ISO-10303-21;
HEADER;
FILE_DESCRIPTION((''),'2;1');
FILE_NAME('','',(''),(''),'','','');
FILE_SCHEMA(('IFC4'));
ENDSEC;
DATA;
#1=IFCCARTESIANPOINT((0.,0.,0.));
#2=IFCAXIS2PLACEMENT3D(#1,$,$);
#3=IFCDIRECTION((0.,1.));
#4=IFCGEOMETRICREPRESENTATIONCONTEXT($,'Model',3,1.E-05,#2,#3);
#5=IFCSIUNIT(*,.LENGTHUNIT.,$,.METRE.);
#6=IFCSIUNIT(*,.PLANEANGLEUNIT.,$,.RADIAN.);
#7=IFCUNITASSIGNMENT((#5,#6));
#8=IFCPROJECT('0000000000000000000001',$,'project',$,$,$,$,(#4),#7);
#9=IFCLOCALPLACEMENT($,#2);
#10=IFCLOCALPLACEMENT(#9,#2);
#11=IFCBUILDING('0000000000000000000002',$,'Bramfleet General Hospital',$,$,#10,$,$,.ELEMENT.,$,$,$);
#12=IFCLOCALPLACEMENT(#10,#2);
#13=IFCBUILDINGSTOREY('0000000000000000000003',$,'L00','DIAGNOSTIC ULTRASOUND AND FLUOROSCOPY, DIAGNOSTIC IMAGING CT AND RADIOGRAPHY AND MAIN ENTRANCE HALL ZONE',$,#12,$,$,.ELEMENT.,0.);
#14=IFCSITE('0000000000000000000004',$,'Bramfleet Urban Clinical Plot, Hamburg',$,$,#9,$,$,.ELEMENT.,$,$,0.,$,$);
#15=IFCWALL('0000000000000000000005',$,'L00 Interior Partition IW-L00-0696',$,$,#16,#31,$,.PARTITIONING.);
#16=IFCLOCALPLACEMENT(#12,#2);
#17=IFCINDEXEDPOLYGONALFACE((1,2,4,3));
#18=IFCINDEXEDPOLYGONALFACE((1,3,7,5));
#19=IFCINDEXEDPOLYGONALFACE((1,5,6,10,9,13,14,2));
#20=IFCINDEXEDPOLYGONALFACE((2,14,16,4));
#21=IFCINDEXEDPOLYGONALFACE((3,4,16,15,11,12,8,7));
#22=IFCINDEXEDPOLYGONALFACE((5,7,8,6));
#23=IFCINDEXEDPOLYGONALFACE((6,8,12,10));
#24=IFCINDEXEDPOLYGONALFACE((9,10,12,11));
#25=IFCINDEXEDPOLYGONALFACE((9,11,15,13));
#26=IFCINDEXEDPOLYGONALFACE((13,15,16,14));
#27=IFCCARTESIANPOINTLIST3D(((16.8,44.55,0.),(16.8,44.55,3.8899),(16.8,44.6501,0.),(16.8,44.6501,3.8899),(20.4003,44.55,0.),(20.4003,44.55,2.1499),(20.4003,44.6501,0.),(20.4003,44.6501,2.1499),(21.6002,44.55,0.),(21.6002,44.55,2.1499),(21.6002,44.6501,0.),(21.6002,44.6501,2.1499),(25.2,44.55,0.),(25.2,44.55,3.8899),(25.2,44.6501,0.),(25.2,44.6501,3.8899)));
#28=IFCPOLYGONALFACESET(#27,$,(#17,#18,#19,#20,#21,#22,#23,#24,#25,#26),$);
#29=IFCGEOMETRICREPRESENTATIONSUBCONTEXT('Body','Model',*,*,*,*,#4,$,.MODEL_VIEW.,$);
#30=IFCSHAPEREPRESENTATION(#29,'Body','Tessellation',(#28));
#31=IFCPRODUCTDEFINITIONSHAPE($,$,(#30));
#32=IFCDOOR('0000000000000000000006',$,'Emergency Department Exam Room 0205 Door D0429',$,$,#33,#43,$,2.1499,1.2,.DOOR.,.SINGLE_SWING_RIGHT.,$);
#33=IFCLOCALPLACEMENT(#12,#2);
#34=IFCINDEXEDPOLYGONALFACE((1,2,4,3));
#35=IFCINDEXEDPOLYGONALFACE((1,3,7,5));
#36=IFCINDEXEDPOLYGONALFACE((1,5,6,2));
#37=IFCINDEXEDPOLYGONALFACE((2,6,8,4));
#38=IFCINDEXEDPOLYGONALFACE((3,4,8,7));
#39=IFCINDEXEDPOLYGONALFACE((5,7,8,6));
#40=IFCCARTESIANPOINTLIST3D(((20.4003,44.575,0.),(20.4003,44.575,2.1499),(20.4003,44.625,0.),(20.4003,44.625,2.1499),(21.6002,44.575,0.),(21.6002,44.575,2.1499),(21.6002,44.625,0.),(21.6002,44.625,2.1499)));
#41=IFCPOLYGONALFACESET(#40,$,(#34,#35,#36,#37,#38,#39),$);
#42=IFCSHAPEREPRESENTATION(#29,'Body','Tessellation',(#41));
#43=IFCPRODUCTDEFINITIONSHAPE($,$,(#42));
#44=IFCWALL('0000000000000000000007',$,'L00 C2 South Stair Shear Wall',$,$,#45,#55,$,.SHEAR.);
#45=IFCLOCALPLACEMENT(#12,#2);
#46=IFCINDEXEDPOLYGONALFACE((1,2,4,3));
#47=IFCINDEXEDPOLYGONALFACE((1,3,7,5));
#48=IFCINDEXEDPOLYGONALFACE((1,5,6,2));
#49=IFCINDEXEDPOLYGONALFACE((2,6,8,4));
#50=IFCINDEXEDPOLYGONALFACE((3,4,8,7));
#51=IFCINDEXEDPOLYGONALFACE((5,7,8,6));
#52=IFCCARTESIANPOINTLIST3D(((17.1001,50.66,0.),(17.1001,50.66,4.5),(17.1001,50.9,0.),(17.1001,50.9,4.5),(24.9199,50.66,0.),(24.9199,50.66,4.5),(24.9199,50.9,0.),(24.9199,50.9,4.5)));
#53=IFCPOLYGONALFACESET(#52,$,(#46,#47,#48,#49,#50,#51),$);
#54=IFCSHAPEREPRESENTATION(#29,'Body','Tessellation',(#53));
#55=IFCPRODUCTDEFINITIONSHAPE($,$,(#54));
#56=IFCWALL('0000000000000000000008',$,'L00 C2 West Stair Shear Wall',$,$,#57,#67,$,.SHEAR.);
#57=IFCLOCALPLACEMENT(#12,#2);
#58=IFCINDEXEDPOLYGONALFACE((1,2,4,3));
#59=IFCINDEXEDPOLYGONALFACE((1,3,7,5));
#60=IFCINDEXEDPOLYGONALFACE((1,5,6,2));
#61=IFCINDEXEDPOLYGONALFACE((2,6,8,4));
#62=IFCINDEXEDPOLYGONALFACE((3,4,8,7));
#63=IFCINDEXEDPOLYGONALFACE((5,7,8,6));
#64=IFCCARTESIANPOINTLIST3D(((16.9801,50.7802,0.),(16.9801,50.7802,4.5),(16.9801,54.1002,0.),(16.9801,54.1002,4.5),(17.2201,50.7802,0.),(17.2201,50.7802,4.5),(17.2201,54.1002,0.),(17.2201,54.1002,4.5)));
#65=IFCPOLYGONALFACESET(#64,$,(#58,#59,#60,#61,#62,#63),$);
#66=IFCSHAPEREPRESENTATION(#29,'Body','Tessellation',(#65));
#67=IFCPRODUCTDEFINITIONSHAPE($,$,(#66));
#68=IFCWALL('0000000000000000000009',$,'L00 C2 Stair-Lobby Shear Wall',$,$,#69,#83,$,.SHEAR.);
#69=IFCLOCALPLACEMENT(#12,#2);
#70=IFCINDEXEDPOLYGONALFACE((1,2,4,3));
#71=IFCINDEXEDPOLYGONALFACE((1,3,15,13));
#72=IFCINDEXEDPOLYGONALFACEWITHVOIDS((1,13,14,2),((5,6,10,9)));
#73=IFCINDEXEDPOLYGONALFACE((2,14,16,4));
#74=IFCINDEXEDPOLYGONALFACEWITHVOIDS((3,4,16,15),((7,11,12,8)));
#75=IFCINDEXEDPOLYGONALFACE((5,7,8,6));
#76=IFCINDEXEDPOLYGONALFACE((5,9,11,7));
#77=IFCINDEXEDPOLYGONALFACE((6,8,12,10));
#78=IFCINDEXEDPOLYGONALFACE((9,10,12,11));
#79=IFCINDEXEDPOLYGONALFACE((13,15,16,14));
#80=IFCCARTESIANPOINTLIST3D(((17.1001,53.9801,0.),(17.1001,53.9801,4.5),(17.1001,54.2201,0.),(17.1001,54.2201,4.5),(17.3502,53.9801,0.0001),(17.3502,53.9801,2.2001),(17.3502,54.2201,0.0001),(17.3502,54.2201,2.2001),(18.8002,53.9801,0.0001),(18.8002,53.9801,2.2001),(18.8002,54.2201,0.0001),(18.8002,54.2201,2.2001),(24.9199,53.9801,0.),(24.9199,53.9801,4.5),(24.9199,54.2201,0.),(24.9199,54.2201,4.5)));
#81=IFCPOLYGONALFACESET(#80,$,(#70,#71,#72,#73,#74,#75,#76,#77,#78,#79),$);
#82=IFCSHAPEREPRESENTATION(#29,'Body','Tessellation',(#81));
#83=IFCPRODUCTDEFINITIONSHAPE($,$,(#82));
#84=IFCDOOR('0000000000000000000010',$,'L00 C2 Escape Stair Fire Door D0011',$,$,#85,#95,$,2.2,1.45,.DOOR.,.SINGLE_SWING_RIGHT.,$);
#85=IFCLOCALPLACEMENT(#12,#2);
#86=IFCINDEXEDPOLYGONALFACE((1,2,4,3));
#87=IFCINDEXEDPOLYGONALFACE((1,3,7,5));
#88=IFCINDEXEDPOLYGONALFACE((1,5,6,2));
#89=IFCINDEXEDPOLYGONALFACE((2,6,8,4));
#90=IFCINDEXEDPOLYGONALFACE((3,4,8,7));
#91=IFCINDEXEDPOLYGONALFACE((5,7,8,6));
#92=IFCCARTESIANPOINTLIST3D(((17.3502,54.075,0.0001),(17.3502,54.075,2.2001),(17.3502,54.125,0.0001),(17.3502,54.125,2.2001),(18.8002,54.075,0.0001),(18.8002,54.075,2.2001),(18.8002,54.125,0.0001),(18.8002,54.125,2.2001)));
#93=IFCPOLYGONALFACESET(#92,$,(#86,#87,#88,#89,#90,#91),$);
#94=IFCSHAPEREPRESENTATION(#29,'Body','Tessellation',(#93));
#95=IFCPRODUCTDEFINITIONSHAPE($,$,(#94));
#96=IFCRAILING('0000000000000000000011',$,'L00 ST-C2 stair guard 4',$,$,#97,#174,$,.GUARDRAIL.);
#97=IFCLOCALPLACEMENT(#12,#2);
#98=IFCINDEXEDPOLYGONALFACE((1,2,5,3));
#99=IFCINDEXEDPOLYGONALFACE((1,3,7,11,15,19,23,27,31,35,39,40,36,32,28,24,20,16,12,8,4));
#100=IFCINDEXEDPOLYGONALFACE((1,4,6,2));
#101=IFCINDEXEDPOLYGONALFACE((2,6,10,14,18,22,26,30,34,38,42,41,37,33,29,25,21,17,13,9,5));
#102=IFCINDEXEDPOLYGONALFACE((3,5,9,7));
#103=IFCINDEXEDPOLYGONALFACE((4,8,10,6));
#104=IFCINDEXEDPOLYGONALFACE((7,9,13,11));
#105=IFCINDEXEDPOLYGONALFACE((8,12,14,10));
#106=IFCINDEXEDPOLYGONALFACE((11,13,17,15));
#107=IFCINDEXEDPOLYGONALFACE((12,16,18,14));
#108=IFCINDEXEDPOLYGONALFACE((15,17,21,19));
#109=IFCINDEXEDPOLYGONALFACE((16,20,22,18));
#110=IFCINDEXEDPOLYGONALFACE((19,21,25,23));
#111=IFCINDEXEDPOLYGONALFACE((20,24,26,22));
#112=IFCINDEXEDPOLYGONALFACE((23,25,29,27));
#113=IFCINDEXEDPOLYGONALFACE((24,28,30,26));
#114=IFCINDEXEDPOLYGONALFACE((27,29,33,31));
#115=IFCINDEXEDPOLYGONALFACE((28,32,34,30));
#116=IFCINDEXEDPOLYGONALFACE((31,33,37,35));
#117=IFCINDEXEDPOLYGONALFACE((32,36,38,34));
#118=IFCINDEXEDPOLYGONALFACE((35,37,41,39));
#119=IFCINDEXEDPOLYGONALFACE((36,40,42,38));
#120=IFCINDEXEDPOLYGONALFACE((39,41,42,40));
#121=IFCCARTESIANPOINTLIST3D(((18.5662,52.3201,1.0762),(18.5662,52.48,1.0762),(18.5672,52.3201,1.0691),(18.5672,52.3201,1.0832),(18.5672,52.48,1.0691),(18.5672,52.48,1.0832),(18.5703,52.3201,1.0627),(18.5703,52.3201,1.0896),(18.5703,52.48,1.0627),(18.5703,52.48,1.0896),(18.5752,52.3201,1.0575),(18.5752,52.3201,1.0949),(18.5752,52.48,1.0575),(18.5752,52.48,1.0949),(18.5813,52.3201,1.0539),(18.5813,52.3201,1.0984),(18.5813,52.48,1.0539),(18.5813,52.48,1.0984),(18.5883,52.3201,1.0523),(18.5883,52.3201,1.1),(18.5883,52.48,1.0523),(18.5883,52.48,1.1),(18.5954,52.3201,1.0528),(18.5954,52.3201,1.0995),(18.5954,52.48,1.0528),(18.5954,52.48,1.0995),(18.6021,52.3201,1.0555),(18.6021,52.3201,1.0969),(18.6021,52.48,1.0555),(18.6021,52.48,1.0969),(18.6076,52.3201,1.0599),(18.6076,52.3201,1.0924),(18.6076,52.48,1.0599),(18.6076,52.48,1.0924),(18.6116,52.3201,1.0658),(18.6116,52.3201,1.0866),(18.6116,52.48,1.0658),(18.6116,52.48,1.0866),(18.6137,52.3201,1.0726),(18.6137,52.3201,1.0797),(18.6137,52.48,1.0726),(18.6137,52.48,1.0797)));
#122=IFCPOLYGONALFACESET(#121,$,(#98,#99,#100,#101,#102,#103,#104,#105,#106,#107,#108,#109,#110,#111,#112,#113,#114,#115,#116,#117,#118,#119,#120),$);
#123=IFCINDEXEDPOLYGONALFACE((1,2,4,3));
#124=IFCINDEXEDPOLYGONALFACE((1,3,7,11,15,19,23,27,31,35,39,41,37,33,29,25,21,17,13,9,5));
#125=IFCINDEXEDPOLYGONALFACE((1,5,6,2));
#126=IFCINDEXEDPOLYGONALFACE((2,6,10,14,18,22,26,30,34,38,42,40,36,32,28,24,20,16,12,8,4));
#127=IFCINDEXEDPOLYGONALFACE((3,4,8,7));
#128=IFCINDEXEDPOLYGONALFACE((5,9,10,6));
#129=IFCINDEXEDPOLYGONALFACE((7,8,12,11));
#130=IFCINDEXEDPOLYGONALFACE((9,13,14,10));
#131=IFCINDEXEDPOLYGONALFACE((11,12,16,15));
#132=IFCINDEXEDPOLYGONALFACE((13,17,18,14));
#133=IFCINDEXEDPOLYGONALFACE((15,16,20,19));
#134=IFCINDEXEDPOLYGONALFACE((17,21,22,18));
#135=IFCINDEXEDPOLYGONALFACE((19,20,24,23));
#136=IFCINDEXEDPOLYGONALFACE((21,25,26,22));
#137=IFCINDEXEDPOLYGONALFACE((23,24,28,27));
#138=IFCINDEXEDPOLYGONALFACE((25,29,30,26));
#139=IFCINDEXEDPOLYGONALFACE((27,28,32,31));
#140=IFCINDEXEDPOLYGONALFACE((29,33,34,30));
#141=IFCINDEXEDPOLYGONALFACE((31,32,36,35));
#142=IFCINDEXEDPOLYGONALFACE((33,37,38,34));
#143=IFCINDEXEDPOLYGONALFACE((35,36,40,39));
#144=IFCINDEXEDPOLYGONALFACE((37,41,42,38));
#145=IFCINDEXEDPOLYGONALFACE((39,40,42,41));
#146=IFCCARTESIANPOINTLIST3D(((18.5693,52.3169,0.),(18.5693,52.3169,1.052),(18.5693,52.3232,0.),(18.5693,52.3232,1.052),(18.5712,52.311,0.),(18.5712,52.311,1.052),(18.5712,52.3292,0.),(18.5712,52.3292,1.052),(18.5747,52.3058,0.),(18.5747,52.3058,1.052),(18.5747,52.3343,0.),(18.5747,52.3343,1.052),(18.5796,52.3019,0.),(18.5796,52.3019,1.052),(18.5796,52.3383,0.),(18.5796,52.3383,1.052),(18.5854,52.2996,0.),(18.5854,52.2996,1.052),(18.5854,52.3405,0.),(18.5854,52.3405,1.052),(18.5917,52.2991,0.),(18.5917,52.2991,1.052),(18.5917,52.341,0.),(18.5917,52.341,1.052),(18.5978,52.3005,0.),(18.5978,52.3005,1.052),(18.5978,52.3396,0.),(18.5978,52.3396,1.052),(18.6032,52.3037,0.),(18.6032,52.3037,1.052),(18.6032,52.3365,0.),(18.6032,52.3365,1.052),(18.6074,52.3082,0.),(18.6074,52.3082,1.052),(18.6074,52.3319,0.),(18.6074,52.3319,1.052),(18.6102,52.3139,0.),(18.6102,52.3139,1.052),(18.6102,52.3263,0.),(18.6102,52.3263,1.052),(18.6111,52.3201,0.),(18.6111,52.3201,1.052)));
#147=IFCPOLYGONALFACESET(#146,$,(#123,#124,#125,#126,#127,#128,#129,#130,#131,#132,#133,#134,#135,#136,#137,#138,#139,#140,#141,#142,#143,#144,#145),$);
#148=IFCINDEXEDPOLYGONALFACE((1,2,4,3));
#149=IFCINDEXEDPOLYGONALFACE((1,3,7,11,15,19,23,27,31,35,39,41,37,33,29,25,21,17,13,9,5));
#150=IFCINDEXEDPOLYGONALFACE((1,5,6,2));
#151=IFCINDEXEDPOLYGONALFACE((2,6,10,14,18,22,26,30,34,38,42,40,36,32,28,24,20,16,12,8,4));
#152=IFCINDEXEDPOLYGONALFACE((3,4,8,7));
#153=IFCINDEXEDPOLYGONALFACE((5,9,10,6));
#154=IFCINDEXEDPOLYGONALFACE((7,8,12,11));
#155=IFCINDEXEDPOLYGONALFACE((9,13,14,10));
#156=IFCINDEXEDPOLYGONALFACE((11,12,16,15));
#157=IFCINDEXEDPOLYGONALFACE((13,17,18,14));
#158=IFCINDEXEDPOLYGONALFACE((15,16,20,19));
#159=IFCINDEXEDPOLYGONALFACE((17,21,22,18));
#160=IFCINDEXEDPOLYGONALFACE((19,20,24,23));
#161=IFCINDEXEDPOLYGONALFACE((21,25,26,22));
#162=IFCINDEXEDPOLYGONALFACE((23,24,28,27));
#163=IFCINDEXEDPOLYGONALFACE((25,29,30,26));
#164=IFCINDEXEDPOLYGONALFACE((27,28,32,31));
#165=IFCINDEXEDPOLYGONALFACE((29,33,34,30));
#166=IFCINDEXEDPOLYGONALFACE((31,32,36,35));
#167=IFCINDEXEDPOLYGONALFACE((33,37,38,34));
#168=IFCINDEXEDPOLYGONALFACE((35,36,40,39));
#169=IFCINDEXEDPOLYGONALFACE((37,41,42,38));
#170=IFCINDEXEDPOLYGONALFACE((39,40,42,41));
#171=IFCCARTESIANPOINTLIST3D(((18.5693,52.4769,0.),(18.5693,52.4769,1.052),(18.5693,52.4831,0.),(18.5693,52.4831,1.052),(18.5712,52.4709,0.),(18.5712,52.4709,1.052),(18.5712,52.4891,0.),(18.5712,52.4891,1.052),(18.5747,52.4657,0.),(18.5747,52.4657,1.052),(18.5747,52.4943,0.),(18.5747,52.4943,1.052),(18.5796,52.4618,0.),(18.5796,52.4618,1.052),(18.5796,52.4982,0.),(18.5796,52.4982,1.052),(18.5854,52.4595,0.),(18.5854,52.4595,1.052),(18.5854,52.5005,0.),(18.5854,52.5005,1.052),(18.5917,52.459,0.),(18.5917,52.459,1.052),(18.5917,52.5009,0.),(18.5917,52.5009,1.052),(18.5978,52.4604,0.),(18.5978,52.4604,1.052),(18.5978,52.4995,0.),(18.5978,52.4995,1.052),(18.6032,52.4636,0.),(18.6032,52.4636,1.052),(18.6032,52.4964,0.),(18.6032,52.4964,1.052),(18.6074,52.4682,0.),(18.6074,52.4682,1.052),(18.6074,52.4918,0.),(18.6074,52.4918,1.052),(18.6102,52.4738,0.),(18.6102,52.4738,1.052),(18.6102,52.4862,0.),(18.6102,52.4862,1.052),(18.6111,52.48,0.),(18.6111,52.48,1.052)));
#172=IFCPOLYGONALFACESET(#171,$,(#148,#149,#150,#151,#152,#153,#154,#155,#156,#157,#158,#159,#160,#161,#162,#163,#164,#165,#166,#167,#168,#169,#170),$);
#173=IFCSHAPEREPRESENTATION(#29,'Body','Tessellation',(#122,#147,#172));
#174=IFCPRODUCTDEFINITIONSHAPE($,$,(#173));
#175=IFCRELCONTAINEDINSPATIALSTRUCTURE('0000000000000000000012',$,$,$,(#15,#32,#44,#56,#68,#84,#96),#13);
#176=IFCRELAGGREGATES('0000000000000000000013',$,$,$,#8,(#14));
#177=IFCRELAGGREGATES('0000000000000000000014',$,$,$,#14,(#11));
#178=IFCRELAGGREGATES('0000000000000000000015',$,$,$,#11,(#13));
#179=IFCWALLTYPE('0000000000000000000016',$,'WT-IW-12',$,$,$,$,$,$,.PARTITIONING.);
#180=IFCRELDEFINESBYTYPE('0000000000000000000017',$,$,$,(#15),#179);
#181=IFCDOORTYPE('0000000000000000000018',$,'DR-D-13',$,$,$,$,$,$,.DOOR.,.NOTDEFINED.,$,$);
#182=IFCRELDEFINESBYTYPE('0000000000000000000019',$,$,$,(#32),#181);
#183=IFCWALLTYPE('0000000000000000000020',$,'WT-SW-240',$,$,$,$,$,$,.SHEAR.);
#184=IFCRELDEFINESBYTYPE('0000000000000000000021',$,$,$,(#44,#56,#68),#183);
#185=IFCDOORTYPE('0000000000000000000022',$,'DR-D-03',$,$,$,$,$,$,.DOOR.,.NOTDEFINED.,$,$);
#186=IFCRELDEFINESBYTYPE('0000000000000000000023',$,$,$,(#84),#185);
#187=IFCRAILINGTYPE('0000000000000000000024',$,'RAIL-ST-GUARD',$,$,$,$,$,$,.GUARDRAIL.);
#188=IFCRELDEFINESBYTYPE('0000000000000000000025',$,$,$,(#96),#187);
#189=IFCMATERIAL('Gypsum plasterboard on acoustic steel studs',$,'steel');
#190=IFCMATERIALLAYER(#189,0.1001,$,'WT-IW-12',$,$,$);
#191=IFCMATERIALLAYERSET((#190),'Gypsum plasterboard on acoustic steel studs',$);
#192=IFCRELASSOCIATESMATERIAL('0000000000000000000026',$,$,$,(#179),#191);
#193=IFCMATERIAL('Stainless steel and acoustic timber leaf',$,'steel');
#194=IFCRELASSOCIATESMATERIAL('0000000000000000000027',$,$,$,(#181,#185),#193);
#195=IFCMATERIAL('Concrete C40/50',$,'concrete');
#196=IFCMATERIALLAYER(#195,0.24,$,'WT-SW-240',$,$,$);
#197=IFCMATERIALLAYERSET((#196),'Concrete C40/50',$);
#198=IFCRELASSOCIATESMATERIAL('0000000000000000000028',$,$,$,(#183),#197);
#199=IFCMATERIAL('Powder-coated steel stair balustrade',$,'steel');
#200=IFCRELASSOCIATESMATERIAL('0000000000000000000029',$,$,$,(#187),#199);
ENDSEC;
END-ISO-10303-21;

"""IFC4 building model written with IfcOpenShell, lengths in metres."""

from ifc_helpers import new_model, si_unit, direction, frame, frame_2d, origin, origin_2d, place, context, subcontext, project, spatial, rectangle, circle, extrude, material, layer, layer_set, type_object, element, fill, save


model = new_model("IFC4")

# Units and contexts
model_context = context("Model", 3, precision=1e-05, world=origin(), true_north=direction((0.0, 1.0)))
body_context = subcontext(model_context, "Body", "Model", "MODEL_VIEW")
ifc_project = project(units=[si_unit("LENGTHUNIT", "METRE"), si_unit("PLANEANGLEUNIT", "RADIAN")], contexts=[model_context])

# Site, building, storey
site_placement = place(None, origin())
site = spatial("IfcSite", under=ifc_project, at=site_placement, Name="Bramfleet Urban Clinical Plot, Hamburg", CompositionType="ELEMENT", RefElevation=0.0)
building_placement = place(site_placement, origin())
building = spatial("IfcBuilding", under=site, at=building_placement, Name="Bramfleet General Hospital", CompositionType="ELEMENT")
storey_placement = place(building_placement, origin())
storey = spatial("IfcBuildingStorey", under=building, at=storey_placement, Name="L00", Description="DIAGNOSTIC ULTRASOUND AND FLUOROSCOPY, DIAGNOSTIC IMAGING CT AND RADIOGRAPHY AND MAIN ENTRANCE HALL ZONE", CompositionType="ELEMENT", Elevation=0.0)

# Shared definitions
ifc_material_1 = material(Name="Concrete C40/50", Category="concrete")

# Shared definitions
ifc_material_2 = material(Name="Gypsum plasterboard on acoustic steel studs", Category="steel")

# Wall, opening, door
ifc_layer_1 = layer(ifc_material_2, 0.1001, Name="WT-IW-12")
ifc_layer_set_1 = layer_set([ifc_layer_1], Name="Gypsum plasterboard on acoustic steel studs")
wall_type_1 = type_object("IfcWallType", Name="WT-IW-12", PredefinedType="PARTITIONING", material=ifc_layer_set_1)
wall_1_placement = place(storey_placement, frame((16.8, 44.6001, 0.0), z_axis=(0.0, 0.0, 1.0), x_axis=(1.0, 0.0, 0.0)))
wall_1 = element("IfcWall", 1, at=wall_1_placement, inside=storey, type_object=wall_type_1, Name="L00 Interior Partition IW-L00-0696", PredefinedType="PARTITIONING", context=body_context, shape_type="SweptSolid", body=[
    extrude(rectangle(XDim=8.3999, YDim=0.1001, at=frame_2d((4.2, 0.0))), origin(), (0.0, 0.0, 1.0), 3.8899),
])
opening_1_placement = place(wall_1_placement, frame((3.6001, 0.0, 0.0)))
opening_1 = element("IfcOpeningElement", 2, at=opening_1_placement, cuts=wall_1, PredefinedType="OPENING", context=body_context, shape_type="SweptSolid", body=[
    extrude(rectangle(XDim=1.2, YDim=2.1499, at=frame_2d((0.6001, 1.075))), frame((0.0, 0.0601, 0.0), z_axis=(0.0, -1.0, 0.0), x_axis=(1.0, 0.0, 0.0)), (0.0, 0.0, 1.0), 0.1201),
])
ifc_material_3 = material(Name="Stainless steel and acoustic timber leaf", Category="steel")
door_type_1 = type_object("IfcDoorType", Name="DR-D-13", OperationType="NOTDEFINED", PredefinedType="DOOR", material=ifc_material_3)
door_1_placement = place(opening_1_placement, origin())
door_1 = element("IfcDoor", 3, at=door_1_placement, inside=storey, type_object=door_type_1, Name="Emergency Department Exam Room 0205 Door D0429", OperationType="SINGLE_SWING_RIGHT", OverallHeight=2.1499, OverallWidth=1.2, PredefinedType="DOOR", context=body_context, shape_type="SweptSolid", body=[
    extrude(rectangle(XDim=1.2, YDim=2.1499, at=frame_2d((0.6001, 1.075))), frame((0.0, 0.0249, 0.0), z_axis=(0.0, -1.0, 0.0), x_axis=(1.0, 0.0, 0.0)), (0.0, 0.0, 1.0), 0.05),
])
fill(opening_1, door_1)

# Walls
ifc_layer_2 = layer(ifc_material_1, 0.24, Name="WT-SW-240")
ifc_layer_set_2 = layer_set([ifc_layer_2], Name="Concrete C40/50")
wall_type_2 = type_object("IfcWallType", Name="WT-SW-240", PredefinedType="SHEAR", material=ifc_layer_set_2)
wall_2_placement = place(storey_placement, frame((17.1001, 50.78, 0.0), z_axis=(0.0, 0.0, 1.0), x_axis=(1.0, 0.0, 0.0)))
element("IfcWall", 4, at=wall_2_placement, inside=storey, type_object=wall_type_2, Name="L00 C2 South Stair Shear Wall", PredefinedType="SHEAR", context=body_context, shape_type="SweptSolid", body=[
    extrude(rectangle(XDim=7.8198, YDim=0.24, at=frame_2d((3.9099, 0.0))), origin(), (0.0, 0.0, 1.0), 4.5),
])
wall_3_placement = place(storey_placement, frame((17.1001, 50.78, 0.0), z_axis=(0.0, 0.0, 1.0), x_axis=(0.0, 1.0, 0.0)))
element("IfcWall", 5, at=wall_3_placement, inside=storey, type_object=wall_type_2, Name="L00 C2 West Stair Shear Wall", PredefinedType="SHEAR", context=body_context, shape_type="SweptSolid", body=[
    extrude(rectangle(XDim=3.3201, YDim=0.24, at=frame_2d((1.6602, 0.0))), origin(), (0.0, 0.0, 1.0), 4.5),
])

# Wall, opening, door
wall_4_placement = place(storey_placement, frame((17.1001, 54.1001, 0.0), z_axis=(0.0, 0.0, 1.0), x_axis=(1.0, 0.0, 0.0)))
wall_4 = element("IfcWall", 6, at=wall_4_placement, inside=storey, type_object=wall_type_2, Name="L00 C2 Stair-Lobby Shear Wall", PredefinedType="SHEAR", context=body_context, shape_type="SweptSolid", body=[
    extrude(rectangle(XDim=7.8198, YDim=0.24, at=frame_2d((3.9099, 0.0))), origin(), (0.0, 0.0, 1.0), 4.5),
])
opening_2_placement = place(wall_4_placement, frame((0.25, 0.0, 0.0)))
opening_2 = element("IfcOpeningElement", 7, at=opening_2_placement, cuts=wall_4, PredefinedType="OPENING", context=body_context, shape_type="SweptSolid", body=[
    extrude(rectangle(XDim=1.45, YDim=2.2, at=frame_2d((0.7251, 1.1001))), frame((0.0, 0.1299, 0.0), z_axis=(0.0, -1.0, 0.0), x_axis=(1.0, 0.0, 0.0)), (0.0, 0.0, 1.0), 0.26),
])
door_type_2 = type_object("IfcDoorType", Name="DR-D-03", OperationType="NOTDEFINED", PredefinedType="DOOR", material=ifc_material_3)
door_2_placement = place(opening_2_placement, origin())
door_2 = element("IfcDoor", 8, at=door_2_placement, inside=storey, type_object=door_type_2, Name="L00 C2 Escape Stair Fire Door D0011", OperationType="SINGLE_SWING_RIGHT", OverallHeight=2.2, OverallWidth=1.45, PredefinedType="DOOR", context=body_context, shape_type="SweptSolid", body=[
    extrude(rectangle(XDim=1.45, YDim=2.2, at=frame_2d((0.7251, 1.1001))), frame((0.0, 0.0249, 0.0), z_axis=(0.0, -1.0, 0.0), x_axis=(1.0, 0.0, 0.0)), (0.0, 0.0, 1.0), 0.05),
])
fill(opening_2, door_2)

# Railing
ifc_material_4 = material(Name="Powder-coated steel stair balustrade", Category="steel")
railing_type = type_object("IfcRailingType", Name="RAIL-ST-GUARD", PredefinedType="GUARDRAIL", material=ifc_material_4)
railing_placement = place(storey_placement, frame((18.5901, 52.3201, 0.0)))
element("IfcRailing", 9, at=railing_placement, inside=storey, type_object=railing_type, Name="L00 ST-C2 stair guard 4", PredefinedType="GUARDRAIL", context=body_context, shape_type="SweptSolid", body=[
    extrude(circle(Radius=0.0239, at=origin_2d()), frame((0.0, 0.0, 1.0762), z_axis=(0.0, 1.0, 0.0), x_axis=(-1.0, 0.0, 0.0)), (0.0, 0.0, 1.0), 0.1599),
    extrude(circle(Radius=0.021, at=origin_2d()), origin(), (0.0, 0.0, 1.0), 1.052),
    extrude(circle(Radius=0.021, at=origin_2d()), frame((0.0, 0.1599, 0.0)), (0.0, 0.0, 1.0), 1.052),
])

save(model, "model.ifc")
